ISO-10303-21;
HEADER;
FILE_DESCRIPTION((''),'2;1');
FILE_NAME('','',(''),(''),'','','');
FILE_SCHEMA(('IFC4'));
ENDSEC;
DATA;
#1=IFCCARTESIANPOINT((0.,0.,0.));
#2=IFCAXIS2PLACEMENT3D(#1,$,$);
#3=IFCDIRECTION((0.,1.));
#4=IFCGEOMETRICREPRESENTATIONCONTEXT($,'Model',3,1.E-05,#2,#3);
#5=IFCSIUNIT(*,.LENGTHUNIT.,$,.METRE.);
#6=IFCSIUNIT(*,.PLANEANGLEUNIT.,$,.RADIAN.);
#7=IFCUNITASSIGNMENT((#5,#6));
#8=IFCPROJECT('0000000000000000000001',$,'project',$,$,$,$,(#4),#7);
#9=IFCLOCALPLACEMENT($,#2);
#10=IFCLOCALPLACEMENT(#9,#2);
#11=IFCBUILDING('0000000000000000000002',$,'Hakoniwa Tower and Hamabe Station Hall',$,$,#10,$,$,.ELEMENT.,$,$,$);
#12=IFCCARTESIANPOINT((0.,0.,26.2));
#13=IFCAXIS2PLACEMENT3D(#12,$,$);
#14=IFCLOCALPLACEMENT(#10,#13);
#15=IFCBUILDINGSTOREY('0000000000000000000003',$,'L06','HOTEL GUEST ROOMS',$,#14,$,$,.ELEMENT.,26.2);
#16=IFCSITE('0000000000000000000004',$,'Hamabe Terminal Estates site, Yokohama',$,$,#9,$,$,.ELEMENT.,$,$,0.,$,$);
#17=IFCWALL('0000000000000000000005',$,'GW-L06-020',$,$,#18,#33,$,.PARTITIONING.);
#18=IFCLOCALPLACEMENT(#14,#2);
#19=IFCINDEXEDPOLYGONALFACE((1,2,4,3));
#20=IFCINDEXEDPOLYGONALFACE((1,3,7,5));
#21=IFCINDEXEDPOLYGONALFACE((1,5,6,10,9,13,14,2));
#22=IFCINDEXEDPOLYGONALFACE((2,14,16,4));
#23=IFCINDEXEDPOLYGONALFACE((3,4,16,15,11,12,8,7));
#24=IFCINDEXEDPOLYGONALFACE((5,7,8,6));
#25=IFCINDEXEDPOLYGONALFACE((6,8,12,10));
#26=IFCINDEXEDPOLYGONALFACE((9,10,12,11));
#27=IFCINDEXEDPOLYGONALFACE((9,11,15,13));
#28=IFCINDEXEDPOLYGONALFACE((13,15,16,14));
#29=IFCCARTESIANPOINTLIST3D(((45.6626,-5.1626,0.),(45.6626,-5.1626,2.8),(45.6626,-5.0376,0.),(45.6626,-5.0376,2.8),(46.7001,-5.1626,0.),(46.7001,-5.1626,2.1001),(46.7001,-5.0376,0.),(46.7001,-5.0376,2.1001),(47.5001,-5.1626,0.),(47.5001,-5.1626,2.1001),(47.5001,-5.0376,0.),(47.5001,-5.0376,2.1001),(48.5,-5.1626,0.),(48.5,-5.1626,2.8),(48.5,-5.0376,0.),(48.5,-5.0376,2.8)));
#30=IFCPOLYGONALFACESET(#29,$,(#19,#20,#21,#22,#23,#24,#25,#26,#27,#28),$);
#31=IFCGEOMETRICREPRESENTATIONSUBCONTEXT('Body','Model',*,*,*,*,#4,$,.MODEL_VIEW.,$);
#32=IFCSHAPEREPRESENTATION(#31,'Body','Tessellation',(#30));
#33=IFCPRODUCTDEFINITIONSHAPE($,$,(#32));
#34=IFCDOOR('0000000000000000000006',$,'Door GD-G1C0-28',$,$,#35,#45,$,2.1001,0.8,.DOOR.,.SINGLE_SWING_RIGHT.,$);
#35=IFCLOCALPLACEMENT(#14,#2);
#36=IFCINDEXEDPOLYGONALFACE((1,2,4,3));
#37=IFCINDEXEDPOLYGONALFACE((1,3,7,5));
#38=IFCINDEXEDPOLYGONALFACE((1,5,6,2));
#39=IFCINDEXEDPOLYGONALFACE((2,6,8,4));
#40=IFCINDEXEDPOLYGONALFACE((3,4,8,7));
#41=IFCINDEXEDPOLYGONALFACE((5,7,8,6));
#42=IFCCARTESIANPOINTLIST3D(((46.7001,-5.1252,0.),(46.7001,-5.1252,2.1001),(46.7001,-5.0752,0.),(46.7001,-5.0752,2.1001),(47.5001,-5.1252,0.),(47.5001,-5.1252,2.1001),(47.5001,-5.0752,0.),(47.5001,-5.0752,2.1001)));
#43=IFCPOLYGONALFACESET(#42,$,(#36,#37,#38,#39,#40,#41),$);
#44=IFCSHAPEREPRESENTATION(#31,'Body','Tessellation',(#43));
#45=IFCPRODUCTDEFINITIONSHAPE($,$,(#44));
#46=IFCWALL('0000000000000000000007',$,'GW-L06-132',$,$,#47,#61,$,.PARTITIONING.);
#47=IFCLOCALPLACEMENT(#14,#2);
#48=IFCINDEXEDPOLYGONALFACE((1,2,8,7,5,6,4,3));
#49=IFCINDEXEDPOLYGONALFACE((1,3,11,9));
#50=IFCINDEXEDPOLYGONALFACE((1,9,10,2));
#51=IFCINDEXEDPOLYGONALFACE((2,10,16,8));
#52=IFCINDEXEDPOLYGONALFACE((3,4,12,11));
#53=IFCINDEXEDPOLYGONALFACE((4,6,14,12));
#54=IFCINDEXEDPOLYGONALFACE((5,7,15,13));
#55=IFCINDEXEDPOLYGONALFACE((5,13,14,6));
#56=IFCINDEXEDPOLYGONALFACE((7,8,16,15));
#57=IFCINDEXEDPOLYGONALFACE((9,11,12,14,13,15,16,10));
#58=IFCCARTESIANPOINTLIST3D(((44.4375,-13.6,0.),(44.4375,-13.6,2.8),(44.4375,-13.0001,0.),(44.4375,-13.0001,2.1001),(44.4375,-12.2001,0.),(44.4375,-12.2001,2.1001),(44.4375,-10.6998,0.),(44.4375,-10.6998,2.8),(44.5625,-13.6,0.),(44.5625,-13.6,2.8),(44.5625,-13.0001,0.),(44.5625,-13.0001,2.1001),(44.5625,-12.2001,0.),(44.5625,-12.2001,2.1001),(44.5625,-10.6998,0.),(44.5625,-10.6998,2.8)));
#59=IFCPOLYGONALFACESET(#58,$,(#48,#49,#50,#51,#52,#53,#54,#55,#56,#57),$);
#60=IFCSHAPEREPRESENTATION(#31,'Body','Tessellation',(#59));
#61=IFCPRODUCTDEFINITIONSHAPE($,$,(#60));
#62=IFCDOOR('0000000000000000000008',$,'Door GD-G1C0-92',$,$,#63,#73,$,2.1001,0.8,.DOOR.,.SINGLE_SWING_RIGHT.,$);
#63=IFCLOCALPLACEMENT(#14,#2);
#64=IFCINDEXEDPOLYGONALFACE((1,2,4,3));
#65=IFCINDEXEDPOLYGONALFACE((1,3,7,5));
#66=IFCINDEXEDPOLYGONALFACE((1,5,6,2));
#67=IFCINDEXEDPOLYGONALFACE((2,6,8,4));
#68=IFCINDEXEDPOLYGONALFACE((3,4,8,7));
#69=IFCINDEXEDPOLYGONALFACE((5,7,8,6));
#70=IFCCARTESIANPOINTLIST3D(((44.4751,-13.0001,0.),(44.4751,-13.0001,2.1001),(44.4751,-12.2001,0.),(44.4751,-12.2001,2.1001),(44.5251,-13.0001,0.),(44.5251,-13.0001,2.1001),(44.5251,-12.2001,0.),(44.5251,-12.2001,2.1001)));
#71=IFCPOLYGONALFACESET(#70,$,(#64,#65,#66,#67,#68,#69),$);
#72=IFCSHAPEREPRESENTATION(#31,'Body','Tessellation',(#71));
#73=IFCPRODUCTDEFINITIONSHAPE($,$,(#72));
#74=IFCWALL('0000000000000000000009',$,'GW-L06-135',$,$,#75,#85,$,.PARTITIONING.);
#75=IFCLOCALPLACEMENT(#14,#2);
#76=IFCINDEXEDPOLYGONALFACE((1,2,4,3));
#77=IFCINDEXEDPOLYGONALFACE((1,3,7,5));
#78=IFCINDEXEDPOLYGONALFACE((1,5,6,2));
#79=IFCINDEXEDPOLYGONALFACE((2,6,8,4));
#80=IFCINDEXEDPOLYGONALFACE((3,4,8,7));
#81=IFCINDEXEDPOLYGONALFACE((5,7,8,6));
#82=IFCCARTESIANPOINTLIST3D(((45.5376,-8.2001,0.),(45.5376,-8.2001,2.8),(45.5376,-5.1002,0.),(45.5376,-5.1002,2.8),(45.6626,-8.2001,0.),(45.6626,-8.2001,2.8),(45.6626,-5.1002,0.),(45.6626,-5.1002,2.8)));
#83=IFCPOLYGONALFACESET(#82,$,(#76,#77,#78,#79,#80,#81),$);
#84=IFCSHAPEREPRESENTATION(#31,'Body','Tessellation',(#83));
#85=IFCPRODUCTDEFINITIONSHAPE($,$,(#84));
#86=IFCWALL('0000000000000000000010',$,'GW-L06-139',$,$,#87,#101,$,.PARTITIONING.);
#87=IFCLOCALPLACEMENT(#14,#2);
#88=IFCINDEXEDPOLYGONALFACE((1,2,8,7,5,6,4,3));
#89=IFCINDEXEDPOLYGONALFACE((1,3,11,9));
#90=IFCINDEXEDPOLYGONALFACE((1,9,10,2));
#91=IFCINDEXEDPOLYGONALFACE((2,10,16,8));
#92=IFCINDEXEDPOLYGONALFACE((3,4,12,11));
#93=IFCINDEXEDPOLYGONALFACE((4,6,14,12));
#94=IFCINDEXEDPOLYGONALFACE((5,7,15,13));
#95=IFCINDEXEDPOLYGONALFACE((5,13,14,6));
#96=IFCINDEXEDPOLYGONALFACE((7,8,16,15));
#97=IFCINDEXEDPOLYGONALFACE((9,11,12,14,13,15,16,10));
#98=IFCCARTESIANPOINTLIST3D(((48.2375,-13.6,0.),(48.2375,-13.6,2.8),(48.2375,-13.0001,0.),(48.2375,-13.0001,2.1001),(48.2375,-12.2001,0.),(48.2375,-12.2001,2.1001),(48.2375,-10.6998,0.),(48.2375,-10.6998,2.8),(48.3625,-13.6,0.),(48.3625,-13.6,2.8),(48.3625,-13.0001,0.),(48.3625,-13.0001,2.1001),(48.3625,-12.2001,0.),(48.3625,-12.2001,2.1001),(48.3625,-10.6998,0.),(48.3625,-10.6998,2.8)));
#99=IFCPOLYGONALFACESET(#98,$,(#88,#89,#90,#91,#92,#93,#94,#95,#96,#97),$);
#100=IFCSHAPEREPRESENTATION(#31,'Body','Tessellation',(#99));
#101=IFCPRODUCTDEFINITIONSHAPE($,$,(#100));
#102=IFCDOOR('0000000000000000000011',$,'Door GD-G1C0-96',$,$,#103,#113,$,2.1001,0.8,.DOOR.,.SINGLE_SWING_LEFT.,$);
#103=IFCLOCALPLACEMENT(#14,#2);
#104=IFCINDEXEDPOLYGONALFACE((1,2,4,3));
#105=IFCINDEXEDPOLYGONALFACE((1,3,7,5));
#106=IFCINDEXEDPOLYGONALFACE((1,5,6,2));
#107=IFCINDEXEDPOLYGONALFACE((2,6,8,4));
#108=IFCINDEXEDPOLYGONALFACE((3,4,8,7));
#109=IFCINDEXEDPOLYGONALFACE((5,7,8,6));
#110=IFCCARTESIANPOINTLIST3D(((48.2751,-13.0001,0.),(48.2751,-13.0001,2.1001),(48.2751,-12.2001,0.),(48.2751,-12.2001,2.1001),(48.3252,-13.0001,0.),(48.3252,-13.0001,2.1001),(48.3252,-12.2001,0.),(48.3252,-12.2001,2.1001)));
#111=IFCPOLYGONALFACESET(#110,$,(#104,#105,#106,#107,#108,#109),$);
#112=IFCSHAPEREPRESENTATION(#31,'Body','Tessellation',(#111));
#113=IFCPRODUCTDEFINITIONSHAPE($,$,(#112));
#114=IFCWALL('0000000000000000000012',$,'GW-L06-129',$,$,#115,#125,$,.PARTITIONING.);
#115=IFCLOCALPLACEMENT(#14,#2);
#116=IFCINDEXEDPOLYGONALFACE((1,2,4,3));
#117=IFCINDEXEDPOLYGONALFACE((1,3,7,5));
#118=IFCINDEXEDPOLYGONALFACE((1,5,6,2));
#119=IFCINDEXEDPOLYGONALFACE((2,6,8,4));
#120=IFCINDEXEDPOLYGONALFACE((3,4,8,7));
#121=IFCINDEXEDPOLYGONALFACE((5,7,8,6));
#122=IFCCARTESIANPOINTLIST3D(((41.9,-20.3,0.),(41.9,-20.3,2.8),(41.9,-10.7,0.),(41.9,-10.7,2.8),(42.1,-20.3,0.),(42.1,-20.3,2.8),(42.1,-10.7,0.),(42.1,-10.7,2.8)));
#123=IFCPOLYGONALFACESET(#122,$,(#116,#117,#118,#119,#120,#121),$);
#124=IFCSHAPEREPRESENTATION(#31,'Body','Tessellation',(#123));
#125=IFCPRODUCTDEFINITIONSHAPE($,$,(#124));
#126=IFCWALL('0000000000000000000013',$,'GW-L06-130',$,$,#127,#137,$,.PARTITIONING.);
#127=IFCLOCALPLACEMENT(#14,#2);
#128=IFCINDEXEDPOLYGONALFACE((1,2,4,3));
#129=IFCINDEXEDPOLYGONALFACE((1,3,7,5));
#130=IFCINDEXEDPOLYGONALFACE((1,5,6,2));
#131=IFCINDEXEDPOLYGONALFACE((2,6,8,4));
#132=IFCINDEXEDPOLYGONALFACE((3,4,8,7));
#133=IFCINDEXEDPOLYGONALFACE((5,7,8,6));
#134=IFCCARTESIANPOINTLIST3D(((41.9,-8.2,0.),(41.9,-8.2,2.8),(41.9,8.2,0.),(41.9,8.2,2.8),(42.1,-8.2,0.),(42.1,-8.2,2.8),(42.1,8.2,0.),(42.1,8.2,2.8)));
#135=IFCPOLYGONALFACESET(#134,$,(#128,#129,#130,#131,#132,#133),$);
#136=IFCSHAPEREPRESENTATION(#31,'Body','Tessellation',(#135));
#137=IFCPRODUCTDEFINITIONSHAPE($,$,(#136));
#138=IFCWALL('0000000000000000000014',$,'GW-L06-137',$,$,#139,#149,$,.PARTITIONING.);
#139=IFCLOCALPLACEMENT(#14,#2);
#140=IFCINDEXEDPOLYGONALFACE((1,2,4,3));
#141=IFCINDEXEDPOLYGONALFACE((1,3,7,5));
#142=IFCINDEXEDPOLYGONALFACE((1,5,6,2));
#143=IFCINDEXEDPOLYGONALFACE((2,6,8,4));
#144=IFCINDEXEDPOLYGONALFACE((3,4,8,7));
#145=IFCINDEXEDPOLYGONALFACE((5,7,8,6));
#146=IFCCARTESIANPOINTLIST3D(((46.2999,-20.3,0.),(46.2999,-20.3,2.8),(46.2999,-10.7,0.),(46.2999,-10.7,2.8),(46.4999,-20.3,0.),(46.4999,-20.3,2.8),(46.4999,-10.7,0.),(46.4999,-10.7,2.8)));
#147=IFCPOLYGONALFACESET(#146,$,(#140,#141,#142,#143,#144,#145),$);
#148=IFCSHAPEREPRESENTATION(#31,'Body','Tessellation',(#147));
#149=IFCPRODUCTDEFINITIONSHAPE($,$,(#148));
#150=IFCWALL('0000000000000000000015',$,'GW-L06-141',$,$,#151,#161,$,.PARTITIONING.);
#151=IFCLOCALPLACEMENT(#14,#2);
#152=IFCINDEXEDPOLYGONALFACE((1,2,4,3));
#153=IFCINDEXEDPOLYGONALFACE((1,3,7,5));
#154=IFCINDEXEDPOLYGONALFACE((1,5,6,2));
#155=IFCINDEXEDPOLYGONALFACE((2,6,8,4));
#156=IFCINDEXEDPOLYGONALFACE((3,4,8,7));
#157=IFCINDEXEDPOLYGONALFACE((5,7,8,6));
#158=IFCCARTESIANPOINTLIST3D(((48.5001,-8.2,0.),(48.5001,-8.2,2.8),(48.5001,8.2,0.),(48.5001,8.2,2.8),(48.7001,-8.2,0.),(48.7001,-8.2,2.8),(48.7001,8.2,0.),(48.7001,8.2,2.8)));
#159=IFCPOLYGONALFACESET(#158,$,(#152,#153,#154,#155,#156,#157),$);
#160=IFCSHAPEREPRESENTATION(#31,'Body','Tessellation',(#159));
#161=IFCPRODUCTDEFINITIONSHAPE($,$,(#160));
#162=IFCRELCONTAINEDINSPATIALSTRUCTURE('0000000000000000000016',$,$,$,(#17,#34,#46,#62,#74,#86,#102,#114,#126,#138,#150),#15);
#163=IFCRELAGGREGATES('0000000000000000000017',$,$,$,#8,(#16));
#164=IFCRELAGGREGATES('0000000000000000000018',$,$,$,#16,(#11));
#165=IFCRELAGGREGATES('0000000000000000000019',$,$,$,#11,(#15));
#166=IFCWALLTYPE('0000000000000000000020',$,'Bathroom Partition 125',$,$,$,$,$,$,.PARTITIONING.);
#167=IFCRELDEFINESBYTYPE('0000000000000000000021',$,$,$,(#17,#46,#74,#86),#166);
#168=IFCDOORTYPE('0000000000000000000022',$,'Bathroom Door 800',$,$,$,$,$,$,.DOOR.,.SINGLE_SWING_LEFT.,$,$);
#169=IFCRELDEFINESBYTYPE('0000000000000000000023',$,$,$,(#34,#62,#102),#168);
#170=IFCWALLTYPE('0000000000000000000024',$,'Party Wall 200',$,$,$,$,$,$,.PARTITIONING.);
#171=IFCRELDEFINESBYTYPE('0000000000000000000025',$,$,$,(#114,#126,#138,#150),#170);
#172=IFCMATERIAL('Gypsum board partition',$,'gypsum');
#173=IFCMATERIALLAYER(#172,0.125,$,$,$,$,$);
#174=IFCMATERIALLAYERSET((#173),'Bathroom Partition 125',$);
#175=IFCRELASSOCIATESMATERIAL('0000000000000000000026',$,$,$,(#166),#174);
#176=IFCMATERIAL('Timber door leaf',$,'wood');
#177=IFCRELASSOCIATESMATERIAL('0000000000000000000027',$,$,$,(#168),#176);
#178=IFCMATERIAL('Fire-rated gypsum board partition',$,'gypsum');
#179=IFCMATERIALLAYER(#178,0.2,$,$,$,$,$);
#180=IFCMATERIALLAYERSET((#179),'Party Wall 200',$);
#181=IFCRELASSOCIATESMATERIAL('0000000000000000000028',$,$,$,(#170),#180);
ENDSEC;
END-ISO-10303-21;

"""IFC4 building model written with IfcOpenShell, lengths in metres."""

from ifc_helpers import new_model, si_unit, direction, frame, frame_2d, origin, place, context, subcontext, project, spatial, rectangle, extrude, material, layer, layer_set, type_object, element, fill, save


model = new_model("IFC4")

# Units and contexts
model_context = context("Model", 3, precision=1e-05, world=origin(), true_north=direction((0.0, 1.0)))
body_context = subcontext(model_context, "Body", "Model", "MODEL_VIEW")
ifc_project = project(units=[si_unit("LENGTHUNIT", "METRE"), si_unit("PLANEANGLEUNIT", "RADIAN")], contexts=[model_context])

# Site, building, storey
site_placement = place(None, origin())
site = spatial("IfcSite", under=ifc_project, at=site_placement, Name="Hamabe Terminal Estates site, Yokohama", CompositionType="ELEMENT", RefElevation=0.0)
building_placement = place(site_placement, origin())
building = spatial("IfcBuilding", under=site, at=building_placement, Name="Hakoniwa Tower and Hamabe Station Hall", CompositionType="ELEMENT")
storey_placement = place(building_placement, frame((0.0, 0.0, 26.2)))
storey = spatial("IfcBuildingStorey", under=building, at=storey_placement, Name="L06", Description="HOTEL GUEST ROOMS", CompositionType="ELEMENT", Elevation=26.2)

# Shared definitions
ifc_material_1 = material(Name="Gypsum board partition", Category="gypsum")
ifc_layer_1 = layer(ifc_material_1, 0.125)
ifc_layer_set_1 = layer_set([ifc_layer_1], Name="Bathroom Partition 125")
wall_type_1 = type_object("IfcWallType", Name="Bathroom Partition 125", PredefinedType="PARTITIONING", material=ifc_layer_set_1)

# Walls, openings, doors
wall_1_placement = place(storey_placement, frame((45.6626, -5.1001, 0.0), z_axis=(0.0, 0.0, 1.0), x_axis=(1.0, 0.0, 0.0)))
wall_1 = element("IfcWall", 1, at=wall_1_placement, inside=storey, type_object=wall_type_1, Name="GW-L06-020", PredefinedType="PARTITIONING", context=body_context, shape_type="SweptSolid", body=[
    extrude(rectangle(XDim=2.8374, YDim=0.125, at=frame_2d((1.4187, 0.0))), origin(), (0.0, 0.0, 1.0), 2.8),
])
opening_1_placement = place(wall_1_placement, frame((1.0376, 0.0, 0.0)))
opening_1 = element("IfcOpeningElement", 2, at=opening_1_placement, cuts=wall_1, PredefinedType="OPENING", context=body_context, shape_type="SweptSolid", body=[
    extrude(rectangle(XDim=0.8, YDim=2.1001, at=frame_2d((0.3999, 1.05))), frame((0.0, 0.0725, 0.0), z_axis=(0.0, -1.0, 0.0), x_axis=(1.0, 0.0, 0.0)), (0.0, 0.0, 1.0), 0.145),
])
ifc_material_2 = material(Name="Timber door leaf", Category="wood")
door_type_1 = type_object("IfcDoorType", Name="Bathroom Door 800", OperationType="SINGLE_SWING_LEFT", PredefinedType="DOOR", material=ifc_material_2)
door_1_placement = place(opening_1_placement, origin())
door_1 = element("IfcDoor", 3, at=door_1_placement, inside=storey, type_object=door_type_1, Name="Door GD-G1C0-28", OperationType="SINGLE_SWING_RIGHT", OverallHeight=2.1001, OverallWidth=0.8, PredefinedType="DOOR", context=body_context, shape_type="SweptSolid", body=[
    extrude(rectangle(XDim=0.8, YDim=2.1001, at=frame_2d((0.3999, 1.05))), frame((0.0, 0.0249, 0.0), z_axis=(0.0, -1.0, 0.0), x_axis=(1.0, 0.0, 0.0)), (0.0, 0.0, 1.0), 0.05),
])
fill(opening_1, door_1)
wall_2_placement = place(storey_placement, frame((44.5, -13.6001, 0.0), z_axis=(0.0, 0.0, 1.0), x_axis=(0.0, 1.0, 0.0)))
wall_2 = element("IfcWall", 4, at=wall_2_placement, inside=storey, type_object=wall_type_1, Name="GW-L06-132", PredefinedType="PARTITIONING", context=body_context, shape_type="SweptSolid", body=[
    extrude(rectangle(XDim=2.9001, YDim=0.125, at=frame_2d((1.4502, 0.0))), origin(), (0.0, 0.0, 1.0), 2.8),
])
opening_2_placement = place(wall_2_placement, frame((0.6001, 0.0, 0.0)))
opening_2 = element("IfcOpeningElement", 5, at=opening_2_placement, cuts=wall_2, PredefinedType="OPENING", context=body_context, shape_type="SweptSolid", body=[
    extrude(rectangle(XDim=0.8, YDim=2.1001, at=frame_2d((0.3999, 1.05))), frame((0.0, 0.0725, 0.0), z_axis=(0.0, -1.0, 0.0), x_axis=(1.0, 0.0, 0.0)), (0.0, 0.0, 1.0), 0.145),
])
door_2_placement = place(opening_2_placement, origin())
door_2 = element("IfcDoor", 6, at=door_2_placement, inside=storey, type_object=door_type_1, Name="Door GD-G1C0-92", OperationType="SINGLE_SWING_RIGHT", OverallHeight=2.1001, OverallWidth=0.8, PredefinedType="DOOR", context=body_context, shape_type="SweptSolid", body=[
    extrude(rectangle(XDim=0.8, YDim=2.1001, at=frame_2d((0.3999, 1.05))), frame((0.0, 0.0249, 0.0), z_axis=(0.0, -1.0, 0.0), x_axis=(1.0, 0.0, 0.0)), (0.0, 0.0, 1.0), 0.05),
])
fill(opening_2, door_2)

# Wall
wall_3_placement = place(storey_placement, frame((45.6001, -8.2, 0.0), z_axis=(0.0, 0.0, 1.0), x_axis=(0.0, 1.0, 0.0)))
element("IfcWall", 7, at=wall_3_placement, inside=storey, type_object=wall_type_1, Name="GW-L06-135", PredefinedType="PARTITIONING", context=body_context, shape_type="SweptSolid", body=[
    extrude(rectangle(XDim=3.0999, YDim=0.125, at=frame_2d((1.5498, 0.0))), origin(), (0.0, 0.0, 1.0), 2.8),
])

# Wall, opening, door
wall_4_placement = place(storey_placement, frame((48.3, -13.6001, 0.0), z_axis=(0.0, 0.0, 1.0), x_axis=(0.0, 1.0, 0.0)))
wall_4 = element("IfcWall", 8, at=wall_4_placement, inside=storey, type_object=wall_type_1, Name="GW-L06-139", PredefinedType="PARTITIONING", context=body_context, shape_type="SweptSolid", body=[
    extrude(rectangle(XDim=2.9001, YDim=0.125, at=frame_2d((1.4502, 0.0))), origin(), (0.0, 0.0, 1.0), 2.8),
])
opening_3_placement = place(wall_4_placement, frame((0.6001, 0.0, 0.0)))
opening_3 = element("IfcOpeningElement", 9, at=opening_3_placement, cuts=wall_4, PredefinedType="OPENING", context=body_context, shape_type="SweptSolid", body=[
    extrude(rectangle(XDim=0.8, YDim=2.1001, at=frame_2d((0.3999, 1.05))), frame((0.0, 0.0725, 0.0), z_axis=(0.0, -1.0, 0.0), x_axis=(1.0, 0.0, 0.0)), (0.0, 0.0, 1.0), 0.145),
])
door_3_placement = place(opening_3_placement, origin())
door_3 = element("IfcDoor", 10, at=door_3_placement, inside=storey, type_object=door_type_1, Name="Door GD-G1C0-96", OperationType="SINGLE_SWING_LEFT", OverallHeight=2.1001, OverallWidth=0.8, PredefinedType="DOOR", context=body_context, shape_type="SweptSolid", body=[
    extrude(rectangle(XDim=0.8, YDim=2.1001, at=frame_2d((0.3999, 1.05))), frame((0.0, 0.0249, 0.0), z_axis=(0.0, -1.0, 0.0), x_axis=(1.0, 0.0, 0.0)), (0.0, 0.0, 1.0), 0.05),
])
fill(opening_3, door_3)

# Walls
ifc_material_3 = material(Name="Fire-rated gypsum board partition", Category="gypsum")
ifc_layer_2 = layer(ifc_material_3, 0.2)
ifc_layer_set_2 = layer_set([ifc_layer_2], Name="Party Wall 200")
wall_type_2 = type_object("IfcWallType", Name="Party Wall 200", PredefinedType="PARTITIONING", material=ifc_layer_set_2)
wall_5_placement = place(storey_placement, frame((42.0, -20.3, 0.0), z_axis=(0.0, 0.0, 1.0), x_axis=(0.0, 1.0, 0.0)))
element("IfcWall", 11, at=wall_5_placement, inside=storey, type_object=wall_type_2, Name="GW-L06-129", PredefinedType="PARTITIONING", context=body_context, shape_type="SweptSolid", body=[
    extrude(rectangle(XDim=9.6001, YDim=0.2, at=frame_2d((4.8, 0.0))), origin(), (0.0, 0.0, 1.0), 2.8),
])
wall_6_placement = place(storey_placement, frame((42.0, -8.2, 0.0), z_axis=(0.0, 0.0, 1.0), x_axis=(0.0, 1.0, 0.0)))
element("IfcWall", 12, at=wall_6_placement, inside=storey, type_object=wall_type_2, Name="GW-L06-130", PredefinedType="PARTITIONING", context=body_context, shape_type="SweptSolid", body=[
    extrude(rectangle(XDim=16.3999, YDim=0.2, at=frame_2d((8.2, 0.0))), origin(), (0.0, 0.0, 1.0), 2.8),
])
wall_7_placement = place(storey_placement, frame((46.3999, -20.3, 0.0), z_axis=(0.0, 0.0, 1.0), x_axis=(0.0, 1.0, 0.0)))
element("IfcWall", 13, at=wall_7_placement, inside=storey, type_object=wall_type_2, Name="GW-L06-137", PredefinedType="PARTITIONING", context=body_context, shape_type="SweptSolid", body=[
    extrude(rectangle(XDim=9.6001, YDim=0.2, at=frame_2d((4.8, 0.0))), origin(), (0.0, 0.0, 1.0), 2.8),
])
wall_8_placement = place(storey_placement, frame((48.6001, -8.2, 0.0), z_axis=(0.0, 0.0, 1.0), x_axis=(0.0, 1.0, 0.0)))
element("IfcWall", 14, at=wall_8_placement, inside=storey, type_object=wall_type_2, Name="GW-L06-141", PredefinedType="PARTITIONING", context=body_context, shape_type="SweptSolid", body=[
    extrude(rectangle(XDim=16.3999, YDim=0.2, at=frame_2d((8.2, 0.0))), origin(), (0.0, 0.0, 1.0), 2.8),
])

save(model, "model.ifc")
